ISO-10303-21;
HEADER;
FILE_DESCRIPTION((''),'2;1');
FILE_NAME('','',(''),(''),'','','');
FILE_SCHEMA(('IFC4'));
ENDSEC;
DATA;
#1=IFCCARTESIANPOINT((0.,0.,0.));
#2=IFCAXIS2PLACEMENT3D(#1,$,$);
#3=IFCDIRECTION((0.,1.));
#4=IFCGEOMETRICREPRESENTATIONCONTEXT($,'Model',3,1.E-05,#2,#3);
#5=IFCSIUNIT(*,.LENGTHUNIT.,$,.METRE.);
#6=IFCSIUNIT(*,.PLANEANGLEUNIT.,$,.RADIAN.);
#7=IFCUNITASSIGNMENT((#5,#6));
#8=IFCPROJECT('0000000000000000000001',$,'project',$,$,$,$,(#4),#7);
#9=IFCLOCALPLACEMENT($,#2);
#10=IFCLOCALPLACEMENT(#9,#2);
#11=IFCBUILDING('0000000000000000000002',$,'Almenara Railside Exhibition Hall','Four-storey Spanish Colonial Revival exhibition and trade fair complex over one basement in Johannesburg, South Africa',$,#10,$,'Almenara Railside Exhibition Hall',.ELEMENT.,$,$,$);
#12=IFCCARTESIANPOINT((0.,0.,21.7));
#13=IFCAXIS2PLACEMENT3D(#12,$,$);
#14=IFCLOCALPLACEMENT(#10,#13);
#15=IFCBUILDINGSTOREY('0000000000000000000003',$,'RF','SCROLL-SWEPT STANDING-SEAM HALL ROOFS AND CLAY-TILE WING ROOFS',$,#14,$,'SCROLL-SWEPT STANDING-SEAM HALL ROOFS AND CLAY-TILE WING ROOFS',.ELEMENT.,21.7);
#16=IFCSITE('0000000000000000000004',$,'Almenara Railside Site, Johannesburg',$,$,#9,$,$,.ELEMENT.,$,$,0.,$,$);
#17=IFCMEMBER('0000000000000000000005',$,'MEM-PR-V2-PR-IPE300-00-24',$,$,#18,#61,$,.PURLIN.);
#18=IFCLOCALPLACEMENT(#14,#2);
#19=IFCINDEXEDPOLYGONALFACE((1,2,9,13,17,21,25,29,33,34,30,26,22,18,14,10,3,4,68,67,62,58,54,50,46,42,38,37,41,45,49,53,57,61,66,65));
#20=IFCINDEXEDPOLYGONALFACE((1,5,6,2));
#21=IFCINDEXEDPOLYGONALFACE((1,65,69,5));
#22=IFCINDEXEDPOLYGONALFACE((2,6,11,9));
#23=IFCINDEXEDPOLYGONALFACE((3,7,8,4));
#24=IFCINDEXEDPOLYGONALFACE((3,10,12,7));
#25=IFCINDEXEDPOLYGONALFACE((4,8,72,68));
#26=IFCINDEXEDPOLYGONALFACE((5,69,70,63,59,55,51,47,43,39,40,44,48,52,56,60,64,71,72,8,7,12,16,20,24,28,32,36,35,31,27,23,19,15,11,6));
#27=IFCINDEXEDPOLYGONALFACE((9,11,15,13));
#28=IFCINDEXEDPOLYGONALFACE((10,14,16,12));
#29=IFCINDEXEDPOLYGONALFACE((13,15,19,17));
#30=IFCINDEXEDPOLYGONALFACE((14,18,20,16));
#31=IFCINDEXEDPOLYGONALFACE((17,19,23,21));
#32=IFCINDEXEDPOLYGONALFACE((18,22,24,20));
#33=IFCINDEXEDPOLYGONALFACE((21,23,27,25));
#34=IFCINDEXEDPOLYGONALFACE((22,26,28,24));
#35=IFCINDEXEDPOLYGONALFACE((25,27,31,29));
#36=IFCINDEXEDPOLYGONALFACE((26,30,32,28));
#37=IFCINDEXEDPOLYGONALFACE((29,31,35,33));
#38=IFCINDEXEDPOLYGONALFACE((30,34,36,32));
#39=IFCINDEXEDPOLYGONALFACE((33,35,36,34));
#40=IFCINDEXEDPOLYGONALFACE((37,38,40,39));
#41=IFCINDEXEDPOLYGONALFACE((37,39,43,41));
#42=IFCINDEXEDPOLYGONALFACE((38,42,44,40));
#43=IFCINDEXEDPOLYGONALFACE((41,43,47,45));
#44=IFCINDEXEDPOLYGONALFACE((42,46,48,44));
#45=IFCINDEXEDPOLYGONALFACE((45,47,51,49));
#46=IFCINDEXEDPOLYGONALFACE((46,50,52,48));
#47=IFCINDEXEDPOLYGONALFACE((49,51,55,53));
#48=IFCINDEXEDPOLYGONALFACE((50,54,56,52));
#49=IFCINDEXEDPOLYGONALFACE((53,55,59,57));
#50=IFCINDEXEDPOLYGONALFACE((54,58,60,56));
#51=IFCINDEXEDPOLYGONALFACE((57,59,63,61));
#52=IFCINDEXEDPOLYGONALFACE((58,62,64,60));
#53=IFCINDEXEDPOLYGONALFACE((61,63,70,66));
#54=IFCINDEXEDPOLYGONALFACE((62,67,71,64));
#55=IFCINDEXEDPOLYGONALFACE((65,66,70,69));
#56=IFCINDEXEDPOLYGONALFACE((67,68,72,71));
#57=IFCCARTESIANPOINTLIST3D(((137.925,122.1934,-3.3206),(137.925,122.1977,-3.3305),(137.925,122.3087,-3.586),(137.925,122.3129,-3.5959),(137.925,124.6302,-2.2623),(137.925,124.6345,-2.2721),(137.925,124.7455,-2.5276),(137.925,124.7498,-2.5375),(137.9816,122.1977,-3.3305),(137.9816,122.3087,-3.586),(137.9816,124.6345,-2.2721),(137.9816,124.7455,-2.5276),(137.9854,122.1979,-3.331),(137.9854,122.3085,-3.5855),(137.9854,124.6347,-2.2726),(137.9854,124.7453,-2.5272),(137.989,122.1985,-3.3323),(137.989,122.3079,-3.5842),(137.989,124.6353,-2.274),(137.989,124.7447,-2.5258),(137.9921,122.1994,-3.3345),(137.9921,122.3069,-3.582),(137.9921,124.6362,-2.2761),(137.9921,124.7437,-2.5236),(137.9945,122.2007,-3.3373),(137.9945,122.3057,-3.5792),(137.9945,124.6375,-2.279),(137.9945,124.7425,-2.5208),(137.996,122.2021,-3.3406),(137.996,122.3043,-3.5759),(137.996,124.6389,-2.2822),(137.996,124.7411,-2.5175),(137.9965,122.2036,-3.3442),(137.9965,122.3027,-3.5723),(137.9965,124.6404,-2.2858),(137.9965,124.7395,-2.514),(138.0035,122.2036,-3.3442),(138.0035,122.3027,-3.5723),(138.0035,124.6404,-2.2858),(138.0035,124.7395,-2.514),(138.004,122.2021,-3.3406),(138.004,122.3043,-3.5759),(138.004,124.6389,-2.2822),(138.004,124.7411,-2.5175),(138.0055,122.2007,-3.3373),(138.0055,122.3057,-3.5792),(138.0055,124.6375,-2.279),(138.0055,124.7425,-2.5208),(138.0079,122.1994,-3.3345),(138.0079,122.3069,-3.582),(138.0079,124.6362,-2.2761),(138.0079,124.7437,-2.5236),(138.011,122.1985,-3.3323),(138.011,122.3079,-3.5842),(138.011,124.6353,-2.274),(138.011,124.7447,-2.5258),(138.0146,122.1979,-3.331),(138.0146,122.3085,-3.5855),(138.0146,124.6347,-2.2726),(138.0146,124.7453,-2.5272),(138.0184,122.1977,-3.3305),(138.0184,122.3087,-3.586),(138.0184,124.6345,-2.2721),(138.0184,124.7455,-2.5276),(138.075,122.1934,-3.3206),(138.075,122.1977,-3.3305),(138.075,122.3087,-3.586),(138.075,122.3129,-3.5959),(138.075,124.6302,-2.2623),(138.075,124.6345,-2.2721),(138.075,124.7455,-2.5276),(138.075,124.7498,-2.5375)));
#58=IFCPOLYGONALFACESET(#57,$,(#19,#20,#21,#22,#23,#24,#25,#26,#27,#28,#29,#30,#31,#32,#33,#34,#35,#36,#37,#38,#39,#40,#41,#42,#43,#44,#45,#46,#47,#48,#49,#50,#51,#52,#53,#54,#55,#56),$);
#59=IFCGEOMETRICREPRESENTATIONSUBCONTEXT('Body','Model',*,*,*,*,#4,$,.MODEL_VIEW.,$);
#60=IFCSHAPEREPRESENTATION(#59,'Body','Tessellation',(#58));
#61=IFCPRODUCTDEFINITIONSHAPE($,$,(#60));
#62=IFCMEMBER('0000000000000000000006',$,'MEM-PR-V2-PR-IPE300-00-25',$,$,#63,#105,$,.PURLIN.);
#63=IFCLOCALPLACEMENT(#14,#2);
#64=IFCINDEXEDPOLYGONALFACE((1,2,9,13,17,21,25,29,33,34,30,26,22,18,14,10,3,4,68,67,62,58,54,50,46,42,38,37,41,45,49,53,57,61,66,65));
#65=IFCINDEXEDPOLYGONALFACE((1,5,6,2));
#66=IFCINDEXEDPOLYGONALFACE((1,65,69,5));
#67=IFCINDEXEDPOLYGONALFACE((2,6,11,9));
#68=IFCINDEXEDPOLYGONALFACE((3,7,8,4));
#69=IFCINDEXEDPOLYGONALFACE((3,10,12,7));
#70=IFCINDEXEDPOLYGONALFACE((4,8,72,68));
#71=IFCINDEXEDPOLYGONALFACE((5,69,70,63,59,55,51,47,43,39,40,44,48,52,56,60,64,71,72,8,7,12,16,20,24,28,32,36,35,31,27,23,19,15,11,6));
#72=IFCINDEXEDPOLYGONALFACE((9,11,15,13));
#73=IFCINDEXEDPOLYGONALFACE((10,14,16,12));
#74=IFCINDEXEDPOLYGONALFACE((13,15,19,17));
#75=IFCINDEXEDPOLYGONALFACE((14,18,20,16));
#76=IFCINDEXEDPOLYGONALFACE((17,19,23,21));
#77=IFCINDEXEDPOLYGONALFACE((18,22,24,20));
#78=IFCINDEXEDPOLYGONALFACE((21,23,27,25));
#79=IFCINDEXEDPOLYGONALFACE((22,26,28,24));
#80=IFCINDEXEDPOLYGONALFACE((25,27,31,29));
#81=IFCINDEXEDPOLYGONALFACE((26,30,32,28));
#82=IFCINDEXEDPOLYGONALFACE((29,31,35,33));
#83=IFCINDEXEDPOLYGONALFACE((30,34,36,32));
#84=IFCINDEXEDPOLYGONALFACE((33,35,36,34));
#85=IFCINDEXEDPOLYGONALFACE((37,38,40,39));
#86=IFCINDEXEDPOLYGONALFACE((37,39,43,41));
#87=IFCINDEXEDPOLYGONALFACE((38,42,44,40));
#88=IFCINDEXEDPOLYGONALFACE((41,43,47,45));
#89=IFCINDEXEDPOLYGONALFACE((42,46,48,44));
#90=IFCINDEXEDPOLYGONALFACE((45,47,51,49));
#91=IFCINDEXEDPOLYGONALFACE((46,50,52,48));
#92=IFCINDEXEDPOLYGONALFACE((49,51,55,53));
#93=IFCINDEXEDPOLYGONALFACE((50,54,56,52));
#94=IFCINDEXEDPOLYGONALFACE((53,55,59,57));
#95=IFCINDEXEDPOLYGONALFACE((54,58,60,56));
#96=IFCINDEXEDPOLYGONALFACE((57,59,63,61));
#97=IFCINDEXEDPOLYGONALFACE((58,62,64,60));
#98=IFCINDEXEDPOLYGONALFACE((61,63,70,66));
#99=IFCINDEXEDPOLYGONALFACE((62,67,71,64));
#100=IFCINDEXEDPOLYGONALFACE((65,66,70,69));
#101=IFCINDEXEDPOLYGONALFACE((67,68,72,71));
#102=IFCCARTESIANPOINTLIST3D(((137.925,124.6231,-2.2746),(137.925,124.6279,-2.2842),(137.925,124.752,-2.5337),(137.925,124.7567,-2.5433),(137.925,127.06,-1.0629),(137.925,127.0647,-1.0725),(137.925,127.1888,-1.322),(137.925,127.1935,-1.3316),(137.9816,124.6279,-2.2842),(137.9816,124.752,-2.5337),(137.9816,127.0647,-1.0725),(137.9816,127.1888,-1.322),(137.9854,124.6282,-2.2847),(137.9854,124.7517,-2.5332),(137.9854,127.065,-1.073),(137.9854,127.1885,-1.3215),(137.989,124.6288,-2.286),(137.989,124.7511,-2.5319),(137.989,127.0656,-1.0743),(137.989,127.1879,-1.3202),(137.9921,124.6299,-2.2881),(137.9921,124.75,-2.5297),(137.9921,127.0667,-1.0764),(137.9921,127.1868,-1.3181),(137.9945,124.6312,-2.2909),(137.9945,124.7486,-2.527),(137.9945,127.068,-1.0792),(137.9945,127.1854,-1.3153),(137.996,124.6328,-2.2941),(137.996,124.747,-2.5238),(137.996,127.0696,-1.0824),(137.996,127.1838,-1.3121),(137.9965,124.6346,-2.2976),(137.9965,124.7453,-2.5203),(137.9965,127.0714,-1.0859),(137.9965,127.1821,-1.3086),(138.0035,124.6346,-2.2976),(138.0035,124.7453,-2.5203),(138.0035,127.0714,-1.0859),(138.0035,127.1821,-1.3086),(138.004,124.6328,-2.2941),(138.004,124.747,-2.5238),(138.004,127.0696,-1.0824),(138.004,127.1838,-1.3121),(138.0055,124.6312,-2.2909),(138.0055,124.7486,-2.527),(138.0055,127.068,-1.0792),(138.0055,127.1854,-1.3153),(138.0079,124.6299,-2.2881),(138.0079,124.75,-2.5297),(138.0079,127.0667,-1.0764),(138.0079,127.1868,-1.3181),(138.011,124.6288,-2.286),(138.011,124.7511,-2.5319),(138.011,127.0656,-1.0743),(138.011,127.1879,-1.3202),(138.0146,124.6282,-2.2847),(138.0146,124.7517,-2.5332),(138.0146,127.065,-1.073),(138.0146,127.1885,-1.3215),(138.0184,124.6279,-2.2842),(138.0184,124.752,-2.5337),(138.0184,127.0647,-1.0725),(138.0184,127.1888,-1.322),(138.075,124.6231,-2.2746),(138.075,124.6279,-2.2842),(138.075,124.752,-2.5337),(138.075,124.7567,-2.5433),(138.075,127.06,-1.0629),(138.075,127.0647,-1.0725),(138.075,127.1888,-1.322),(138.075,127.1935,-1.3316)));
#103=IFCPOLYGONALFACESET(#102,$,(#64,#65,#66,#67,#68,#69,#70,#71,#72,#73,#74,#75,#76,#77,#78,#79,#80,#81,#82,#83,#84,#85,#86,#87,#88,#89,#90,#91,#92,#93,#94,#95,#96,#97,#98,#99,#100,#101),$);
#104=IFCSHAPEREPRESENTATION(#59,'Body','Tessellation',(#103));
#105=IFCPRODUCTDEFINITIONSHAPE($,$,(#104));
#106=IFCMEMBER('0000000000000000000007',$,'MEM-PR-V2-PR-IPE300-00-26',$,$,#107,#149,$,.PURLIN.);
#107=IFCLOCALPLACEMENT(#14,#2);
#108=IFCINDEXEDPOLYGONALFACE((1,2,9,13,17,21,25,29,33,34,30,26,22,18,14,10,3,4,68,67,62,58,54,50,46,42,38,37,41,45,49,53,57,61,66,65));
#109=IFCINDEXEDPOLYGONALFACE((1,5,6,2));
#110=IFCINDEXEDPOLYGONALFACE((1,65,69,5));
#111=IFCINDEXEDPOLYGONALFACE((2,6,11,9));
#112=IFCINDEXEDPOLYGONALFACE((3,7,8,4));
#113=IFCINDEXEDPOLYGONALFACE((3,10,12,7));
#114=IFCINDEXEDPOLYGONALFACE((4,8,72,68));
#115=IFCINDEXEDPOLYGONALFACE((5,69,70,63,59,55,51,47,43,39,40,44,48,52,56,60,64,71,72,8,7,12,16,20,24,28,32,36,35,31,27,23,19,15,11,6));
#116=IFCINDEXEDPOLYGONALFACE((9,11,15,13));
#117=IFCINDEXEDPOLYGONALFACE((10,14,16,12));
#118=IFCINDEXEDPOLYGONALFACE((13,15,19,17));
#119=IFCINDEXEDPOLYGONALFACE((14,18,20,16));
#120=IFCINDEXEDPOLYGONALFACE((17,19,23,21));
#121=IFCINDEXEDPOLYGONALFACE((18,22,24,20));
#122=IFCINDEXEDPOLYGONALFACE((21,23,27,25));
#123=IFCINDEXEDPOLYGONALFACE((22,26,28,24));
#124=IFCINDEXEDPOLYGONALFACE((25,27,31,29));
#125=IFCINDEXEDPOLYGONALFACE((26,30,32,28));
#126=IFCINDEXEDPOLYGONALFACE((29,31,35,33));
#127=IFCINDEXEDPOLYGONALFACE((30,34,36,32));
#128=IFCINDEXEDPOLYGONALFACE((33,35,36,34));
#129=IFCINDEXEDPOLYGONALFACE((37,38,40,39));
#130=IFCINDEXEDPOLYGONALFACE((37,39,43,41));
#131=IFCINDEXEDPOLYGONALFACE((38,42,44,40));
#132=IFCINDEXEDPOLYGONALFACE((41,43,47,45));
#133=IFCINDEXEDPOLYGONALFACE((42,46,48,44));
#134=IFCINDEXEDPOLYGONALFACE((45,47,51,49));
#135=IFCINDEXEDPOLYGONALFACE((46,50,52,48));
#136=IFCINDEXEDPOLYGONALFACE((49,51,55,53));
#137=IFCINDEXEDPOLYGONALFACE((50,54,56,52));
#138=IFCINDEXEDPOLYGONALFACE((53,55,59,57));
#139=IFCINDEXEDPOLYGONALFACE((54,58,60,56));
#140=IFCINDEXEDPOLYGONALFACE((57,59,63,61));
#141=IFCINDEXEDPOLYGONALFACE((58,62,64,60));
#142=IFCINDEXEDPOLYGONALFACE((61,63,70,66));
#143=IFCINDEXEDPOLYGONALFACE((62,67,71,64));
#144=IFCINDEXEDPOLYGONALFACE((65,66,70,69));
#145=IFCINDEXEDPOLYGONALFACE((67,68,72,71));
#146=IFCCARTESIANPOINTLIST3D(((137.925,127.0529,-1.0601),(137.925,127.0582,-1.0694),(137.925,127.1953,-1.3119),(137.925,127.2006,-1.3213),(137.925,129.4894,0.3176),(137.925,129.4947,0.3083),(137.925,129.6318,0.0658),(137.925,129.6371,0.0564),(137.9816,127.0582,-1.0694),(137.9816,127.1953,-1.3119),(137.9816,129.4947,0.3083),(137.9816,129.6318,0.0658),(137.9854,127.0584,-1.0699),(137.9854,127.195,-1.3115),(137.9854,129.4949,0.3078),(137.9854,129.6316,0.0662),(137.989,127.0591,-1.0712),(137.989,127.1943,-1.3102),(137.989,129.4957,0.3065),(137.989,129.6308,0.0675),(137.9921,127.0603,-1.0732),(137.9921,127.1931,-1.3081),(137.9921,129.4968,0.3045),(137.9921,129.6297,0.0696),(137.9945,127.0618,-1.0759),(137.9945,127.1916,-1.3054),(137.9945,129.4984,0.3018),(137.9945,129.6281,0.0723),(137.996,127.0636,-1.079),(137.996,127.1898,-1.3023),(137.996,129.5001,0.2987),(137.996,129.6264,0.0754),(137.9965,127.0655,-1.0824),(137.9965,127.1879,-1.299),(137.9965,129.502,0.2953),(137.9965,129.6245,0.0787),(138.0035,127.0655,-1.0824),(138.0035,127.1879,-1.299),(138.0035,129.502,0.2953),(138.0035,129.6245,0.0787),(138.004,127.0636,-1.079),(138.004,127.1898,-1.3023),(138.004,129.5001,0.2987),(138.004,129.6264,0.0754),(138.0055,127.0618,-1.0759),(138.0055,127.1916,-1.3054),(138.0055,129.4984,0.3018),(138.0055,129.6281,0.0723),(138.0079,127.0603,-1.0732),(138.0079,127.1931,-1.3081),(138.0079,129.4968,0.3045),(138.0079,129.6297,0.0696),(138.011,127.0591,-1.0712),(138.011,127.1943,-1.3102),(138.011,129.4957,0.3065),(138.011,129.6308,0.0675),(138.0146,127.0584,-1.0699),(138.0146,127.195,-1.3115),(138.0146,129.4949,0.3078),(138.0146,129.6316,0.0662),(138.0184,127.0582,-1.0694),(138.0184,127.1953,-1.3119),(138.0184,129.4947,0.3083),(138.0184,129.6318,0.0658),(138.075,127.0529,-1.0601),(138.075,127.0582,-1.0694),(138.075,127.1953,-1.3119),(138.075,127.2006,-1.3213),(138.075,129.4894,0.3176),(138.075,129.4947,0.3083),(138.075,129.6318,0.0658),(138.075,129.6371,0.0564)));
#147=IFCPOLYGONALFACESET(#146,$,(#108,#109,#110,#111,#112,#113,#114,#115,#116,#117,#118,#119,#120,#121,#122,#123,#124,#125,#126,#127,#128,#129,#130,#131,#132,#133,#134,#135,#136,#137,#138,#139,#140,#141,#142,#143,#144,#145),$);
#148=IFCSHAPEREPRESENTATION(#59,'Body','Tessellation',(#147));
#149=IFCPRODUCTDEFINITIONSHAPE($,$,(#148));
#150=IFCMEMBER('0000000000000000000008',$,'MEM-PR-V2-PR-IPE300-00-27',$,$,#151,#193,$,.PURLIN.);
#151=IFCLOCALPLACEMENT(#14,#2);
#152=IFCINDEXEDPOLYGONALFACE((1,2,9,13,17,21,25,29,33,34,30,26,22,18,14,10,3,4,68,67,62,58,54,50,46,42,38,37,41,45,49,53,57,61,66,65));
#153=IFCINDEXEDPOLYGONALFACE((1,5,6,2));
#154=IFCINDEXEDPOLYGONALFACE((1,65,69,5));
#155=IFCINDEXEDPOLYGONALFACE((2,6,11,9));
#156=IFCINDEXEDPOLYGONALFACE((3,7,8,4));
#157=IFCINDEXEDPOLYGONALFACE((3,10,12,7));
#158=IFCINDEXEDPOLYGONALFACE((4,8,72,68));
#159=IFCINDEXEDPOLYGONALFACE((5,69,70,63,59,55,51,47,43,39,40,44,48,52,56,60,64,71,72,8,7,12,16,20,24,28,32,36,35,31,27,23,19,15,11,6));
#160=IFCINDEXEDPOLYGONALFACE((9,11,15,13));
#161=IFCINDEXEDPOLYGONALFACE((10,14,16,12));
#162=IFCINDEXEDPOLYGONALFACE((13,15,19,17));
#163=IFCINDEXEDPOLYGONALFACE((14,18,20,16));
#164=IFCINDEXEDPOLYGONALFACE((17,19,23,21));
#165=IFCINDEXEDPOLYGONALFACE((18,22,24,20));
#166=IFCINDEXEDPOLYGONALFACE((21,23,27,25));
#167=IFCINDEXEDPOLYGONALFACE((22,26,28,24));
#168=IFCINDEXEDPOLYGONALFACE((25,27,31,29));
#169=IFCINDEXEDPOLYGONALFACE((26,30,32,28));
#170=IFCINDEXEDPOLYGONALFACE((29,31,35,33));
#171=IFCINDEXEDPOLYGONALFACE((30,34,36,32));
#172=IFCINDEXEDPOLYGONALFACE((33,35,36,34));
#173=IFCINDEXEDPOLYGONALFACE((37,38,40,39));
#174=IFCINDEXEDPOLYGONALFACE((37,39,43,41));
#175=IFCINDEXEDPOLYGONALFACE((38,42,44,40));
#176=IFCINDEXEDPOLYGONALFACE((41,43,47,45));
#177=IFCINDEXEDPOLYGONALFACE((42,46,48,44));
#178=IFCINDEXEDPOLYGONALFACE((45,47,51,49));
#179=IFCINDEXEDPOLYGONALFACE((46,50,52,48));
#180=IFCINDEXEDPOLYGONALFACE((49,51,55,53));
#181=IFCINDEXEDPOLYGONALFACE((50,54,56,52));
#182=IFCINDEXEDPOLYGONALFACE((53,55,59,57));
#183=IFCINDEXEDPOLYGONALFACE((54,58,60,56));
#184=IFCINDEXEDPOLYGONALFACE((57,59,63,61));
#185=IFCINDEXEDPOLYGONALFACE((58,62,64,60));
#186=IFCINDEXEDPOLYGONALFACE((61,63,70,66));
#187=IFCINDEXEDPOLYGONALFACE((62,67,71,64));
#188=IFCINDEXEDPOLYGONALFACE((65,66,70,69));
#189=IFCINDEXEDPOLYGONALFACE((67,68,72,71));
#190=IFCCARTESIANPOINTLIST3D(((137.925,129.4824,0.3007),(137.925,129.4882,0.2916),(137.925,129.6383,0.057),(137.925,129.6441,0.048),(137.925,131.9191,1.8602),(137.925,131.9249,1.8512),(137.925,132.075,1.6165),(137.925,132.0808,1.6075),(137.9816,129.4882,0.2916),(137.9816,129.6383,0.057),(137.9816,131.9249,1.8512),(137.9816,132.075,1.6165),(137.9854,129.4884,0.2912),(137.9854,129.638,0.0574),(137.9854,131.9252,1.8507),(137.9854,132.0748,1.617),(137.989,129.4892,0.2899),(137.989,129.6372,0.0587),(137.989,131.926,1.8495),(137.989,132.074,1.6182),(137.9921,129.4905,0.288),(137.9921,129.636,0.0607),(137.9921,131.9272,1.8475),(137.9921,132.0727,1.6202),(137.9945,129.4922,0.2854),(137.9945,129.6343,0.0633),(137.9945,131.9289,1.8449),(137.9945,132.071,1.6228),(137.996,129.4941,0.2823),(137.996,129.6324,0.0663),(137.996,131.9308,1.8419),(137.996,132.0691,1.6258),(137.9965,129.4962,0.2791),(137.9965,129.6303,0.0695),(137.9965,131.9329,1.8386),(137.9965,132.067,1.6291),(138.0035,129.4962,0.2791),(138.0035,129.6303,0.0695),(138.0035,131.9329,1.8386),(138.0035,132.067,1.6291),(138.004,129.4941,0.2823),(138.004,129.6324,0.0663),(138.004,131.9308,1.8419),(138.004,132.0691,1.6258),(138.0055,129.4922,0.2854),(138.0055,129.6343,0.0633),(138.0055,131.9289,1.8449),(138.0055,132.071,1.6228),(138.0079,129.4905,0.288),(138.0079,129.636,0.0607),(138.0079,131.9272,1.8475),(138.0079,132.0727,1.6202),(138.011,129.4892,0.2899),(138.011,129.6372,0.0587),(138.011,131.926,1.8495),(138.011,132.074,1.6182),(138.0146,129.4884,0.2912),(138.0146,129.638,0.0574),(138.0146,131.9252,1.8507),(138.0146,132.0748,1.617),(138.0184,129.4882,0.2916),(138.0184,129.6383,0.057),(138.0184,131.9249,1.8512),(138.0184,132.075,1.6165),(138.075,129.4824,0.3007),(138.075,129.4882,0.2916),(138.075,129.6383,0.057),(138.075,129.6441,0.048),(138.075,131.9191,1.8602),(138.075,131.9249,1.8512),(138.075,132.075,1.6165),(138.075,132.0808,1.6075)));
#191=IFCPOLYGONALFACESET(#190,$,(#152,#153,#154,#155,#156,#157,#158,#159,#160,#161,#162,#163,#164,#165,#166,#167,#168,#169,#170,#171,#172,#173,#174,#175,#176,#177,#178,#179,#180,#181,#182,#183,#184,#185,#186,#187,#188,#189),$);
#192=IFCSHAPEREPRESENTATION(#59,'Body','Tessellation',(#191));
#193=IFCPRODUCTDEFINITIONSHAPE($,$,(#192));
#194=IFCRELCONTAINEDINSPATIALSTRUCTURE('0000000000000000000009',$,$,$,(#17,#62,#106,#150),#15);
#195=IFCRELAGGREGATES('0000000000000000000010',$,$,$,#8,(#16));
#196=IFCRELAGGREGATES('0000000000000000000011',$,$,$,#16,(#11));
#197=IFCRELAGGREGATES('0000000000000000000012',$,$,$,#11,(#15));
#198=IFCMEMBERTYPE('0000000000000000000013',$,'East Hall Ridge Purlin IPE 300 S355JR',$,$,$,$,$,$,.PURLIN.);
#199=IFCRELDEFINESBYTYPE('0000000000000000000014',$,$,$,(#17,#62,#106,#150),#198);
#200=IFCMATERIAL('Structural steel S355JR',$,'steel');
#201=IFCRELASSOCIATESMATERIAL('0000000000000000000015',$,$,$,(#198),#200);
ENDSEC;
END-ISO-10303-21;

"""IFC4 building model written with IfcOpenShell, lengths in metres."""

from ifc_helpers import new_model, si_unit, direction, frame, origin, origin_2d, place, context, subcontext, project, spatial, i_section, extrude, material, material_profile, profile_set, type_object, element, save


model = new_model("IFC4")

# Units and contexts
model_context = context("Model", 3, precision=1e-05, world=origin(), true_north=direction((0.0, 1.0)))
body_context = subcontext(model_context, "Body", "Model", "MODEL_VIEW")
ifc_project = project(units=[si_unit("LENGTHUNIT", "METRE"), si_unit("PLANEANGLEUNIT", "RADIAN")], contexts=[model_context])

# Site, building, storey
site_placement = place(None, origin())
site = spatial("IfcSite", under=ifc_project, at=site_placement, Name="Almenara Railside Site, Johannesburg", CompositionType="ELEMENT", RefElevation=0.0)
building_placement = place(site_placement, origin())
building = spatial("IfcBuilding", under=site, at=building_placement, Name="Almenara Railside Exhibition Hall", Description="Four-storey Spanish Colonial Revival exhibition and trade fair complex over one basement in Johannesburg, South Africa", LongName="Almenara Railside Exhibition Hall", CompositionType="ELEMENT")
storey_placement = place(building_placement, frame((0.0, 0.0, 21.7)))
storey = spatial("IfcBuildingStorey", under=building, at=storey_placement, Name="RF", Description="SCROLL-SWEPT STANDING-SEAM HALL ROOFS AND CLAY-TILE WING ROOFS", LongName="SCROLL-SWEPT STANDING-SEAM HALL ROOFS AND CLAY-TILE WING ROOFS", CompositionType="ELEMENT", Elevation=21.7)

# Shared definitions
ifc_material_1 = material(Name="Structural steel S355JR", Category="steel")

# Members
ifc_material_profile_1 = material_profile(ifc_material_1, i_section(OverallWidth=0.1499, OverallDepth=0.3, WebThickness=0.0071, FlangeThickness=0.0107, FilletRadius=0.0149, at=origin_2d()), Name="IPE 300")
ifc_profile_set_1 = profile_set([ifc_material_profile_1], Name="Structural steel S355JR")
member_type_1 = type_object("IfcMemberType", Name="East Hall Ridge Purlin IPE 300 S355JR", PredefinedType="PURLIN", material=ifc_profile_set_1)
member_1_placement = place(storey_placement, frame((138.0, 122.2532, -3.4583), z_axis=(0.0, 0.917223, 0.398373), x_axis=(-1.0, 0.0, 0.0)))
element("IfcMember", 1, at=member_1_placement, inside=storey, type_object=member_type_1, Name="MEM-PR-V2-PR-IPE300-00-24", PredefinedType="PURLIN", context=body_context, shape_type="SweptSolid", body=[
    extrude(i_section(OverallWidth=0.1499, OverallDepth=0.3, WebThickness=0.0071, FlangeThickness=0.0107, FilletRadius=0.0149, at=origin_2d()), origin(), (0.0, 0.0, 1.0), 2.6567),
])
member_2_placement = place(storey_placement, frame((138.0, 124.6899, -2.4089), z_axis=(0.0, 0.895412, 0.445239), x_axis=(-1.0, 0.0, 0.0)))
element("IfcMember", 2, at=member_2_placement, inside=storey, type_object=member_type_1, Name="MEM-PR-V2-PR-IPE300-00-25", PredefinedType="PURLIN", context=body_context, shape_type="SweptSolid", body=[
    extrude(i_section(OverallWidth=0.1499, OverallDepth=0.3, WebThickness=0.0071, FlangeThickness=0.0107, FilletRadius=0.0149, at=origin_2d()), origin(), (0.0, 0.0, 1.0), 2.7214),
])
member_3_placement = place(storey_placement, frame((138.0, 127.1267, -1.1907), z_axis=(0.0, 0.870483, 0.492198), x_axis=(-1.0, 0.0, 0.0)))
element("IfcMember", 3, at=member_3_placement, inside=storey, type_object=member_type_1, Name="MEM-PR-V2-PR-IPE300-00-26", PredefinedType="PURLIN", context=body_context, shape_type="SweptSolid", body=[
    extrude(i_section(OverallWidth=0.1499, OverallDepth=0.3, WebThickness=0.0071, FlangeThickness=0.0107, FilletRadius=0.0149, at=origin_2d()), origin(), (0.0, 0.0, 1.0), 2.7991),
])
member_4_placement = place(storey_placement, frame((138.0, 129.5632, 0.1743), z_axis=(0.0, 0.842265, 0.539063), x_axis=(-1.0, 0.0, 0.0)))
element("IfcMember", 4, at=member_4_placement, inside=storey, type_object=member_type_1, Name="MEM-PR-V2-PR-IPE300-00-27", PredefinedType="PURLIN", context=body_context, shape_type="SweptSolid", body=[
    extrude(i_section(OverallWidth=0.1499, OverallDepth=0.3, WebThickness=0.0071, FlangeThickness=0.0107, FilletRadius=0.0149, at=origin_2d()), origin(), (0.0, 0.0, 1.0), 2.8931),
])

save(model, "model.ifc")
